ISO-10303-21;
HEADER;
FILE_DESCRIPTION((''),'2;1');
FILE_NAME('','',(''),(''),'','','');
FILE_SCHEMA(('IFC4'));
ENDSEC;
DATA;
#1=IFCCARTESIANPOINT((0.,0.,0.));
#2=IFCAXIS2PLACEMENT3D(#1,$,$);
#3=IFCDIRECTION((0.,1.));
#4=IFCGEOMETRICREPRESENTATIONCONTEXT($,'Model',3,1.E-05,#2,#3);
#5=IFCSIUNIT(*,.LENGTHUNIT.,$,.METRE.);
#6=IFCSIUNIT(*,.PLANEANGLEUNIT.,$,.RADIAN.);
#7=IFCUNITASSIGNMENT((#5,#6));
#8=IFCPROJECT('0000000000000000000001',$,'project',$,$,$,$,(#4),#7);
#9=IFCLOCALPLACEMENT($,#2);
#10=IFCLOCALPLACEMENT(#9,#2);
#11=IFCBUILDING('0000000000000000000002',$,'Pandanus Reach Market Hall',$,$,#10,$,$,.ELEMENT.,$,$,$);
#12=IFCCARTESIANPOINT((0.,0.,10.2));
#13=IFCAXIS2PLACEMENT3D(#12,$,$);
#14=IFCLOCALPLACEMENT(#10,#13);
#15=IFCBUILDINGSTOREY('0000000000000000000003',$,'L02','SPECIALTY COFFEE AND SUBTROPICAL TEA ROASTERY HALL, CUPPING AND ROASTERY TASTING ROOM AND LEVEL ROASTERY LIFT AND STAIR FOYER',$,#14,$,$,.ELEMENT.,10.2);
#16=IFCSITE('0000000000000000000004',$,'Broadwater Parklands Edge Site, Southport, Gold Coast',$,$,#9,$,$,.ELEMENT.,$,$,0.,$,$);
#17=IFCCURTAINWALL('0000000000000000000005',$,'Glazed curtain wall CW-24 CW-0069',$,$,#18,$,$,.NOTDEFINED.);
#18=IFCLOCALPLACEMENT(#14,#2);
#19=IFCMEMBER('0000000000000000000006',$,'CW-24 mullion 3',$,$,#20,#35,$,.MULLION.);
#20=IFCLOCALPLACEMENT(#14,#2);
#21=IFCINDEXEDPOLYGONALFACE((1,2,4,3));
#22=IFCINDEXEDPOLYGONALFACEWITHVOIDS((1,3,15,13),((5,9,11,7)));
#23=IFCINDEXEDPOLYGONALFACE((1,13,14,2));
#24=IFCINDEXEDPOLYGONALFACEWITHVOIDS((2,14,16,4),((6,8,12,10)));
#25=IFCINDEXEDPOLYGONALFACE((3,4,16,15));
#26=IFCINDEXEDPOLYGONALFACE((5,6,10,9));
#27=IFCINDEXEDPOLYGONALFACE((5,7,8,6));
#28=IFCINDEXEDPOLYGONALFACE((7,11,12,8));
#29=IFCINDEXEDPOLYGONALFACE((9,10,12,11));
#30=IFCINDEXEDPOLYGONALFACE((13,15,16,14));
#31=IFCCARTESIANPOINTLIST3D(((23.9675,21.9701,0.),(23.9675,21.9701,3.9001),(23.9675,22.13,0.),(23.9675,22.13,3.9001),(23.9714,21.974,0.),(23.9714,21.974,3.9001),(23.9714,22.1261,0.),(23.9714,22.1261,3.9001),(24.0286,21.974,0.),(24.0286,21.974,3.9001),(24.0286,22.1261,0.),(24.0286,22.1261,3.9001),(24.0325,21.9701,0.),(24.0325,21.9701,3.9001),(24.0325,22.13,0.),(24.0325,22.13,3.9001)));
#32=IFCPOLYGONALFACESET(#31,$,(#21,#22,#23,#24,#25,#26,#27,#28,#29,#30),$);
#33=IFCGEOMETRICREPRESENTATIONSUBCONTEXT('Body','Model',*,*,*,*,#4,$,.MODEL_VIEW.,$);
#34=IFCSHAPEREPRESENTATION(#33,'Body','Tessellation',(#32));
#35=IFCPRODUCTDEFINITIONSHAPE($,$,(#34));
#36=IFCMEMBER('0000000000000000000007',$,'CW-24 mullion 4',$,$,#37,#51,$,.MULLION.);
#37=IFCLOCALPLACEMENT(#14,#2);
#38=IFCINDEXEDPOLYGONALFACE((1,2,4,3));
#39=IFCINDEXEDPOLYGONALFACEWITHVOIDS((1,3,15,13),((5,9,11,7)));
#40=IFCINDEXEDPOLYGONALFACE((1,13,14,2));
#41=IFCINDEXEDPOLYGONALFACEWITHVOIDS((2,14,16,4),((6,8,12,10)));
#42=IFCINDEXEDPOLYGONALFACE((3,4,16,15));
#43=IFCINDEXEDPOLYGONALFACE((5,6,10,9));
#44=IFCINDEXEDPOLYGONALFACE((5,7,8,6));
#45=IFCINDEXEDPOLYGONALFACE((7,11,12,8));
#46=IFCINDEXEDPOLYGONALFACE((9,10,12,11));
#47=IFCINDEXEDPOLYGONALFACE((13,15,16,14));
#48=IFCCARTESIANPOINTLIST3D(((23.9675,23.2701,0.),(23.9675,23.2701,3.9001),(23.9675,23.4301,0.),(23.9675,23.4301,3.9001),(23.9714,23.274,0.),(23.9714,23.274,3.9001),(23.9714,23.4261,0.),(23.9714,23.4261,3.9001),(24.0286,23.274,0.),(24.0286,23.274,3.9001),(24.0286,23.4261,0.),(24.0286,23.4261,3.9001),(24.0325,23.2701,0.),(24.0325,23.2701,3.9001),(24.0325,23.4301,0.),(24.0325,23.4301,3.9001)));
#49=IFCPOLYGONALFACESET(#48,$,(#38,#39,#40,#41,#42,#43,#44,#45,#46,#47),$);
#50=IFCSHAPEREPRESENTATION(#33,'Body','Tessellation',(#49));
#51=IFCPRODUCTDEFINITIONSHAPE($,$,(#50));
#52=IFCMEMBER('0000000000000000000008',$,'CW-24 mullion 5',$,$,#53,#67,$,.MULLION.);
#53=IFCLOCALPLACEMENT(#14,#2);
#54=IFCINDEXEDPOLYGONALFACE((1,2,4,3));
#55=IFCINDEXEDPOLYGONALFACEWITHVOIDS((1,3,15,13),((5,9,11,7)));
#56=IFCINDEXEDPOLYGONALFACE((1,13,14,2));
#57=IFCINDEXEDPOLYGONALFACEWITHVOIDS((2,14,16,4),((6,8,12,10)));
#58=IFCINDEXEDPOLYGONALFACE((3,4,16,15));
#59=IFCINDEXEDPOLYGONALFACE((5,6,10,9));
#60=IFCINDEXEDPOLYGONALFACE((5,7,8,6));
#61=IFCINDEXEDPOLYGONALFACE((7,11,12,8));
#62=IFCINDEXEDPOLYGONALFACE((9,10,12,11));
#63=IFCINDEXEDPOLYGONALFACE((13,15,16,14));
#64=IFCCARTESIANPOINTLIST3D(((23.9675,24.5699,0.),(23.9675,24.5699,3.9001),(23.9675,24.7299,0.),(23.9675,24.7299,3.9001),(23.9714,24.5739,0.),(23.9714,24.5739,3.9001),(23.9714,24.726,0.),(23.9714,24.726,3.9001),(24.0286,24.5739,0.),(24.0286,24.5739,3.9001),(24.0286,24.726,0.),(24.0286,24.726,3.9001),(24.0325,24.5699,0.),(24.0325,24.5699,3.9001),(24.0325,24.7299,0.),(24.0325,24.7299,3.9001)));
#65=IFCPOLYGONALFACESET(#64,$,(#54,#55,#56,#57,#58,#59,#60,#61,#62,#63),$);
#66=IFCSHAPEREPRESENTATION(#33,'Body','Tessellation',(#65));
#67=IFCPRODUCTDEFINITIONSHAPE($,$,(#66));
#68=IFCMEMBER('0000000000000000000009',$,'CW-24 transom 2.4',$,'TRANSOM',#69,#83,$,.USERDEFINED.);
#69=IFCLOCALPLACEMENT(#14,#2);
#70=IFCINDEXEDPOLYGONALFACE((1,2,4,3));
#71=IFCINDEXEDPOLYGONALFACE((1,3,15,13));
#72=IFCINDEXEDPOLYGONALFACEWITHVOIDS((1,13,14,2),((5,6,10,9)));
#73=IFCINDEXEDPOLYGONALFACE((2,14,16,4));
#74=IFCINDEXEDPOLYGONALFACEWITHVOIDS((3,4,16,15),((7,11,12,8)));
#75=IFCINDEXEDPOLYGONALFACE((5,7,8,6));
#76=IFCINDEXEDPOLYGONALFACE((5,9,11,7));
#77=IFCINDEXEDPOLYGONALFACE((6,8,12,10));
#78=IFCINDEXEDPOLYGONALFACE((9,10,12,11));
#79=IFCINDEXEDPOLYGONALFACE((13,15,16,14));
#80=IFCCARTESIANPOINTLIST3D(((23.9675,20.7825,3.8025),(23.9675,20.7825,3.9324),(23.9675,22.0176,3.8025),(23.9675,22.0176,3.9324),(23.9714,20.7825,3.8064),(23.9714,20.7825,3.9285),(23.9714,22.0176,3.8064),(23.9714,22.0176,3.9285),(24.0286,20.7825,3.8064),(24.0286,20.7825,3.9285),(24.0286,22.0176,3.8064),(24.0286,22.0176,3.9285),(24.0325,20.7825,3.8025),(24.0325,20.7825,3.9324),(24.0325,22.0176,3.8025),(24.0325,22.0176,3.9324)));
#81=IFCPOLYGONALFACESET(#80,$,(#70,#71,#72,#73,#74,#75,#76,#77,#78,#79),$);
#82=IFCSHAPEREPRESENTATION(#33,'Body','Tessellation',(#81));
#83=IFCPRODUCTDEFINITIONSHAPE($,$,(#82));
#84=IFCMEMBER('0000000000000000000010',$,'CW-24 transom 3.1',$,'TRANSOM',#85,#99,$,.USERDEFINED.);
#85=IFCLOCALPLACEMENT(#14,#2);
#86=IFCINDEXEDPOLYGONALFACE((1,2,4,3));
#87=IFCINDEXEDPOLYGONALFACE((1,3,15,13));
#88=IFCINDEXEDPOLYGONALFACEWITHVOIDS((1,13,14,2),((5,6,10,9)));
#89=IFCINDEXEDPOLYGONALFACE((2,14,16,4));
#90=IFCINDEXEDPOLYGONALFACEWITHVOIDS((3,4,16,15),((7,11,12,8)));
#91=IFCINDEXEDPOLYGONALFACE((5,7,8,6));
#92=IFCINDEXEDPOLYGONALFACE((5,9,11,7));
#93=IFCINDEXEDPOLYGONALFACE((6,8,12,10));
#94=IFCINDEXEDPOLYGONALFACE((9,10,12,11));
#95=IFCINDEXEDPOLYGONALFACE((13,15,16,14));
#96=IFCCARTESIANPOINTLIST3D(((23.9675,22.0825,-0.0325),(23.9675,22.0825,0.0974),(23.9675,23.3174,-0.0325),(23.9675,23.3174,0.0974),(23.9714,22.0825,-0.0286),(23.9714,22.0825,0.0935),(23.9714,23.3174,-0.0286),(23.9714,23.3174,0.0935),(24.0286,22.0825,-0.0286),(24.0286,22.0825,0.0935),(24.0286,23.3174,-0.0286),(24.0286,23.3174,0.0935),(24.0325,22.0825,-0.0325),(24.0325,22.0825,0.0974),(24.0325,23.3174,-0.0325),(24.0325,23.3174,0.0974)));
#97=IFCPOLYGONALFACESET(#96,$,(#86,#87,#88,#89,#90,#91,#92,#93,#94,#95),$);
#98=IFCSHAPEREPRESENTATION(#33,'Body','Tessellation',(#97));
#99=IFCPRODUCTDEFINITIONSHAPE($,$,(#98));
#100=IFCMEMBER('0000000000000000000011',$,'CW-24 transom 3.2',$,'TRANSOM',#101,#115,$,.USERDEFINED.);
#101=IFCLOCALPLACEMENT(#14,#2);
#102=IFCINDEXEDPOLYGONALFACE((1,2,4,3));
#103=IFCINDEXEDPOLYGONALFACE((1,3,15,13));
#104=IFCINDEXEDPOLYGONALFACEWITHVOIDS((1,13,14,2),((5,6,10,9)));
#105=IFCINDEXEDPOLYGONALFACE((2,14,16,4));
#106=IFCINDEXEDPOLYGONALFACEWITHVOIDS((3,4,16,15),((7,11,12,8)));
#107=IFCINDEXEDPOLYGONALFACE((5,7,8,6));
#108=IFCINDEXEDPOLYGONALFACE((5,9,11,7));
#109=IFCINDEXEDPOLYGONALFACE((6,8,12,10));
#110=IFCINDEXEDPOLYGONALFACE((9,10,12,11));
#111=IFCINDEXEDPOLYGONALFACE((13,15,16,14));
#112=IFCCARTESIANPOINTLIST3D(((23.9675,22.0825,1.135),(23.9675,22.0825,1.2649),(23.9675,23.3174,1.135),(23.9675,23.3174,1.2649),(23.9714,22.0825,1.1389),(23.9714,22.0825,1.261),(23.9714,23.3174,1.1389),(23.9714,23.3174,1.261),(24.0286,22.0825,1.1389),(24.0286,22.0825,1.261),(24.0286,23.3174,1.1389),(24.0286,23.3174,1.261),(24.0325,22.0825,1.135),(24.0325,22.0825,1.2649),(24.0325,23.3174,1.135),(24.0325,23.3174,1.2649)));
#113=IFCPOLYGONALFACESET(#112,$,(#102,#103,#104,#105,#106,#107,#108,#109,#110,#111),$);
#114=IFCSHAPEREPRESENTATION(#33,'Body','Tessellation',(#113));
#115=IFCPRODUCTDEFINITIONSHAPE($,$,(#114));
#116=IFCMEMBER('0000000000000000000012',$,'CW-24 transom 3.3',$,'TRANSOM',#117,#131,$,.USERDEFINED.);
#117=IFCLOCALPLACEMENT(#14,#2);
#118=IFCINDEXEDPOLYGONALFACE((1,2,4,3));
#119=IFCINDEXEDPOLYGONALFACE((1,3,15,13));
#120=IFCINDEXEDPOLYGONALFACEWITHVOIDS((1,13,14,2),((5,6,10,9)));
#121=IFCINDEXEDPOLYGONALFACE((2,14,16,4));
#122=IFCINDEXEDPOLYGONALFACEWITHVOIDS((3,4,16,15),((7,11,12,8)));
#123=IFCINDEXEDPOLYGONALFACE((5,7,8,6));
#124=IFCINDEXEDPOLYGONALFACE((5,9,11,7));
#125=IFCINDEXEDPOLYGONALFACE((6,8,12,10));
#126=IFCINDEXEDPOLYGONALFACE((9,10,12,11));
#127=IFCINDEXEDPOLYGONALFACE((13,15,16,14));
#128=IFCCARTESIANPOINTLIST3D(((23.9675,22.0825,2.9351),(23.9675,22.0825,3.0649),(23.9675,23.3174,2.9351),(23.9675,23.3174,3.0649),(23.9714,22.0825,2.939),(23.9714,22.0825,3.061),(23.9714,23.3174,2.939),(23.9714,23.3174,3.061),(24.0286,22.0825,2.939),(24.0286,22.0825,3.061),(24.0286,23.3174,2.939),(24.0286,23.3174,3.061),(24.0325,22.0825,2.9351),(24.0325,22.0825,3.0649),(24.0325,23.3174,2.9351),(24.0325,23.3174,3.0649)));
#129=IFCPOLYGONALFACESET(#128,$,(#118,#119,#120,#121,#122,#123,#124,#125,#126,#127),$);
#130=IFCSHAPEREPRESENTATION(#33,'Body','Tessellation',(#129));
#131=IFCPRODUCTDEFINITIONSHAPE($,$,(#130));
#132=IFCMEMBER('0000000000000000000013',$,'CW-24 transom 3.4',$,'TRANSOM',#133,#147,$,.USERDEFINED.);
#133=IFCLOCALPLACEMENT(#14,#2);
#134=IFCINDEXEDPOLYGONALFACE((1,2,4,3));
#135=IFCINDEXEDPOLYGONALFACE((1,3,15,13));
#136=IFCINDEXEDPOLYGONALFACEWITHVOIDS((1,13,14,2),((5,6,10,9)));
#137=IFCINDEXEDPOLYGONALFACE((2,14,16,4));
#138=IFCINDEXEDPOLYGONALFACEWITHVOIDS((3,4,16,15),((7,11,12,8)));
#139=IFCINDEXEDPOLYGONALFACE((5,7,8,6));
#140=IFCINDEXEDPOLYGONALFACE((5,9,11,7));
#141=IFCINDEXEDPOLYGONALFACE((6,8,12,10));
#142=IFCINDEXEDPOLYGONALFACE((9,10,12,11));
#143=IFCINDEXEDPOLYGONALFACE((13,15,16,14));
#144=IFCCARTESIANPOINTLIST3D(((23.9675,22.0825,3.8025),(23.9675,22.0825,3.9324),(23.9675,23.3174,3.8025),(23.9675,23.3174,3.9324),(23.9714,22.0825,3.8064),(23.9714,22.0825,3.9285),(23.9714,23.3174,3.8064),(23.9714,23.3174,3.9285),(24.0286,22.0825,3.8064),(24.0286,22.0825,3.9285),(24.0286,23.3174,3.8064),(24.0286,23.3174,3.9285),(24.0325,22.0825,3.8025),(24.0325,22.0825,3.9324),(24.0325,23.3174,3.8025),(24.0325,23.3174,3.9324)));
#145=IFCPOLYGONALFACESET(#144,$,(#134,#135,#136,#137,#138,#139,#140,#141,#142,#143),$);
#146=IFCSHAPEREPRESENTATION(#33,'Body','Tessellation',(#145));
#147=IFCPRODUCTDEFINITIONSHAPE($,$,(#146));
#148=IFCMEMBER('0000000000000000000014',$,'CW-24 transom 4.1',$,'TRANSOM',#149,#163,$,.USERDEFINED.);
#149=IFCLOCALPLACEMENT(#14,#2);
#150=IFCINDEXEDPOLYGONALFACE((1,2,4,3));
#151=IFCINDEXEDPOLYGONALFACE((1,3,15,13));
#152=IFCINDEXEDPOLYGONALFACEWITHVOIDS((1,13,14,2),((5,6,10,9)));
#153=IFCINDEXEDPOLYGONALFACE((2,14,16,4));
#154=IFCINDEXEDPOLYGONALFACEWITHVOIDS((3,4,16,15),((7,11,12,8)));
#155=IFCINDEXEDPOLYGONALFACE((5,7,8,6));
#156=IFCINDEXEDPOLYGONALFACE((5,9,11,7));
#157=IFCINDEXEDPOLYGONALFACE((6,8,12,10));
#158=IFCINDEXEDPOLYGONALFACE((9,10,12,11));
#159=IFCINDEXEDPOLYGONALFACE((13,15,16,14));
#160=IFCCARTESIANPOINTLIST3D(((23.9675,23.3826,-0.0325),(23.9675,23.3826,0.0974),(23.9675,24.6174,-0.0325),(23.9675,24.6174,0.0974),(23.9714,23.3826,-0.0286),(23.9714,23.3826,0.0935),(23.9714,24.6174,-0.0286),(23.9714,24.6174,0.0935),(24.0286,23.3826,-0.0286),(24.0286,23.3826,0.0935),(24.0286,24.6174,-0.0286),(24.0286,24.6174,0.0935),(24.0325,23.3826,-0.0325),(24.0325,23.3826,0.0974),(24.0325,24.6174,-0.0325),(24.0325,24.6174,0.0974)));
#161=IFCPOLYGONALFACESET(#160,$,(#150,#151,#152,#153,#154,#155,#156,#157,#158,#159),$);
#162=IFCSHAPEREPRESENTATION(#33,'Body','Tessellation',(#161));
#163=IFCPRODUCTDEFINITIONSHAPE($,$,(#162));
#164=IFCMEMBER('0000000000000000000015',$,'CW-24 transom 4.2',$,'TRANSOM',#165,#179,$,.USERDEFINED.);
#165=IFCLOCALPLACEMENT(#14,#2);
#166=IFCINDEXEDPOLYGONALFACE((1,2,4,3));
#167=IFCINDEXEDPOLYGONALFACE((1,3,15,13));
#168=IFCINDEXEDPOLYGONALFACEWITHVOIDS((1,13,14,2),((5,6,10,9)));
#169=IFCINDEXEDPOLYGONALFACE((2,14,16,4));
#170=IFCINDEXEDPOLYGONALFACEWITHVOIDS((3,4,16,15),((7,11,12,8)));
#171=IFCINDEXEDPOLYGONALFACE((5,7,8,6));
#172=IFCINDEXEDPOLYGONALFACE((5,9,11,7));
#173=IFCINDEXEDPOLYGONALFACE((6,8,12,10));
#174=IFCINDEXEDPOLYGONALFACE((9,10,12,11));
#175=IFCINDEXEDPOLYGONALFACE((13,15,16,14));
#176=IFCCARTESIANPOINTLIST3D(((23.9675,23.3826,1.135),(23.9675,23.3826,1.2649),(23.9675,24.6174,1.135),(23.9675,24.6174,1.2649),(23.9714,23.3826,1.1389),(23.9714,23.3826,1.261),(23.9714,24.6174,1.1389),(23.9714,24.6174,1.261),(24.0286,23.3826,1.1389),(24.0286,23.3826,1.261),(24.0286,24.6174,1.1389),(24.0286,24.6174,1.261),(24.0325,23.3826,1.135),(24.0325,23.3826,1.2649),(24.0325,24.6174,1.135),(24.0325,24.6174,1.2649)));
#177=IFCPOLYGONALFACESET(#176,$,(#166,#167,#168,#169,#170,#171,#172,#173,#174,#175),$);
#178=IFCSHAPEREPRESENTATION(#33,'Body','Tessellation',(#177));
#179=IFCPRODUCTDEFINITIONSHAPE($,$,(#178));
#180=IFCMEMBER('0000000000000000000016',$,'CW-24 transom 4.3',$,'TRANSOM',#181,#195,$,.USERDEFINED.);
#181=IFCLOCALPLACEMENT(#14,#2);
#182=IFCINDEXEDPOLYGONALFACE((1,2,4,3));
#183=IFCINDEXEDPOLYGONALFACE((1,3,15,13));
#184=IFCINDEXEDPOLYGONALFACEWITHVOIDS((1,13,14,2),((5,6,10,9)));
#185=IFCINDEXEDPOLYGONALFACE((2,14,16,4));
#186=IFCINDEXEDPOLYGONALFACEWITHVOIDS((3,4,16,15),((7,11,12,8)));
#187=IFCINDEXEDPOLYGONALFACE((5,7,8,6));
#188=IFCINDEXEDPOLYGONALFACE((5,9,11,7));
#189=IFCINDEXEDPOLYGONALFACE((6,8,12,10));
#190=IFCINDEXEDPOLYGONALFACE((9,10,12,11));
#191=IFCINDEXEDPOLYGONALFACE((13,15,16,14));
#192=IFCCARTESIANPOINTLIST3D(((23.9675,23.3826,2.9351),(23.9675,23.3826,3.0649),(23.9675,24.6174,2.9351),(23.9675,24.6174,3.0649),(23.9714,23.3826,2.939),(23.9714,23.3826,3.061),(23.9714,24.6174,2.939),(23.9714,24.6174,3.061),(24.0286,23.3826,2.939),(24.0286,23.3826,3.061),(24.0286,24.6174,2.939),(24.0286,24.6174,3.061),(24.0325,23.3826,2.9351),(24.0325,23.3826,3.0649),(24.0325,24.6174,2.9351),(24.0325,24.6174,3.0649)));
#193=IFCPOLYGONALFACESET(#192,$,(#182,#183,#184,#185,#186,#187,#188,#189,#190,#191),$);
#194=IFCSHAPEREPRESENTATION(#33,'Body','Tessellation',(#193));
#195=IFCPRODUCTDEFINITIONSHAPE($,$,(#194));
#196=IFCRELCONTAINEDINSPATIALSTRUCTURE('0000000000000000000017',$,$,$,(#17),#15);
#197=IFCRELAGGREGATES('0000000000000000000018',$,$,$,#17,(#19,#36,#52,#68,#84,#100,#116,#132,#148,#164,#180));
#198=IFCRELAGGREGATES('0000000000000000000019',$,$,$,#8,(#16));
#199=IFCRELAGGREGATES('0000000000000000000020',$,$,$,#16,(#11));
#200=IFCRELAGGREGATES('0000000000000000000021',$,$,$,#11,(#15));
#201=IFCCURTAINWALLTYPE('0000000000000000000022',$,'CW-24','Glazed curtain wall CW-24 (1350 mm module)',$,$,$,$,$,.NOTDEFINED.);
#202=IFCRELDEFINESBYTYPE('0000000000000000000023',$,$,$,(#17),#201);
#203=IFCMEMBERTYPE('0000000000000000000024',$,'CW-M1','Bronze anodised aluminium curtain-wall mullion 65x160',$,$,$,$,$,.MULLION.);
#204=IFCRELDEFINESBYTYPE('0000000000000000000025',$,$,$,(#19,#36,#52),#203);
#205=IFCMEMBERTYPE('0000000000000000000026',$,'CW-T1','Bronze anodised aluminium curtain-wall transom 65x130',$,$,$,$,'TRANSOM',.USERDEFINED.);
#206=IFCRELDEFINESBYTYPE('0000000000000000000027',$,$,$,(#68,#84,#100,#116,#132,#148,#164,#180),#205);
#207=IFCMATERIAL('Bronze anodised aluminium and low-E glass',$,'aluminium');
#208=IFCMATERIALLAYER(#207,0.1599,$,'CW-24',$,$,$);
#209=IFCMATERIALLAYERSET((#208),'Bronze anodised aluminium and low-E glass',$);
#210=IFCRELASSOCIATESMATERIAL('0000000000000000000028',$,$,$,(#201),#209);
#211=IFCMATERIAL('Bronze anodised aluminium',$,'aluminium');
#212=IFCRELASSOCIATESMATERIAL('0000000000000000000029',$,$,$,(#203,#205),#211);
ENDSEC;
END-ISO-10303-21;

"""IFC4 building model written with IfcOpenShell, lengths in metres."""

from ifc_helpers import new_model, si_unit, direction, frame, origin, origin_2d, place, context, subcontext, project, spatial, hollow_rectangle, extrude, material, layer, layer_set, material_profile, profile_set, type_object, element, aggregate, save


model = new_model("IFC4")

# Units and contexts
model_context = context("Model", 3, precision=1e-05, world=origin(), true_north=direction((0.0, 1.0)))
body_context = subcontext(model_context, "Body", "Model", "MODEL_VIEW")
ifc_project = project(units=[si_unit("LENGTHUNIT", "METRE"), si_unit("PLANEANGLEUNIT", "RADIAN")], contexts=[model_context])

# Site, building, storey
site_placement = place(None, origin())
site = spatial("IfcSite", under=ifc_project, at=site_placement, Name="Broadwater Parklands Edge Site, Southport, Gold Coast", CompositionType="ELEMENT", RefElevation=0.0)
building_placement = place(site_placement, origin())
building = spatial("IfcBuilding", under=site, at=building_placement, Name="Pandanus Reach Market Hall", CompositionType="ELEMENT")
storey_placement = place(building_placement, frame((0.0, 0.0, 10.2)))
storey = spatial("IfcBuildingStorey", under=building, at=storey_placement, Name="L02", Description="SPECIALTY COFFEE AND SUBTROPICAL TEA ROASTERY HALL, CUPPING AND ROASTERY TASTING ROOM AND LEVEL ROASTERY LIFT AND STAIR FOYER", CompositionType="ELEMENT", Elevation=10.2)

# Curtain wall, members
ifc_material_1 = material(Name="Bronze anodised aluminium and low-E glass", Category="aluminium")
ifc_layer_1 = layer(ifc_material_1, 0.1599, Name="CW-24")
ifc_layer_set_1 = layer_set([ifc_layer_1], Name="Bronze anodised aluminium and low-E glass")
curtain_wall_type = type_object("IfcCurtainWallType", Name="CW-24", Description="Glazed curtain wall CW-24 (1350 mm module)", PredefinedType="NOTDEFINED", material=ifc_layer_set_1)
curtain_wall_placement = place(storey_placement, origin())
curtain_wall = element("IfcCurtainWall", 1, at=curtain_wall_placement, inside=storey, type_object=curtain_wall_type, Name="Glazed curtain wall CW-24 CW-0069", PredefinedType="NOTDEFINED")
ifc_material_2 = material(Name="Bronze anodised aluminium", Category="aluminium")
ifc_material_profile_1 = material_profile(ifc_material_2, hollow_rectangle(XDim=0.0649, YDim=0.1599, WallThickness=0.0039, at=origin_2d()), Name="ALU65x160", Category="LoadBearing")
ifc_profile_set_1 = profile_set([ifc_material_profile_1], Name="Bronze anodised aluminium")
member_type_1 = type_object("IfcMemberType", Name="CW-M1", Description="Bronze anodised aluminium curtain-wall mullion 65x160", PredefinedType="MULLION", material=ifc_profile_set_1)
member_1_placement = place(storey_placement, frame((24.0, 22.05, 0.0), z_axis=(0.0, 0.0, 1.0), x_axis=(-1.0, 0.0, 0.0)))
member_1 = element("IfcMember", 2, at=member_1_placement, type_object=member_type_1, Name="CW-24 mullion 3", PredefinedType="MULLION", context=body_context, shape_type="SweptSolid", body=[
    extrude(hollow_rectangle(XDim=0.0649, YDim=0.1599, WallThickness=0.0039, at=origin_2d()), origin(), (0.0, 0.0, 1.0), 3.9001),
])
member_2_placement = place(storey_placement, frame((24.0, 23.3501, 0.0), z_axis=(0.0, 0.0, 1.0), x_axis=(-1.0, 0.0, 0.0)))
member_2 = element("IfcMember", 3, at=member_2_placement, type_object=member_type_1, Name="CW-24 mullion 4", PredefinedType="MULLION", context=body_context, shape_type="SweptSolid", body=[
    extrude(hollow_rectangle(XDim=0.0649, YDim=0.1599, WallThickness=0.0039, at=origin_2d()), origin(), (0.0, 0.0, 1.0), 3.9001),
])
member_3_placement = place(storey_placement, frame((24.0, 24.6499, 0.0), z_axis=(0.0, 0.0, 1.0), x_axis=(-1.0, 0.0, 0.0)))
member_3 = element("IfcMember", 4, at=member_3_placement, type_object=member_type_1, Name="CW-24 mullion 5", PredefinedType="MULLION", context=body_context, shape_type="SweptSolid", body=[
    extrude(hollow_rectangle(XDim=0.0649, YDim=0.1599, WallThickness=0.0039, at=origin_2d()), origin(), (0.0, 0.0, 1.0), 3.9001),
])
ifc_material_profile_2 = material_profile(ifc_material_2, hollow_rectangle(XDim=0.0649, YDim=0.1299, WallThickness=0.0039, at=origin_2d()), Name="ALU65x130", Category="LoadBearing")
ifc_profile_set_2 = profile_set([ifc_material_profile_2], Name="Bronze anodised aluminium")
member_type_2 = type_object("IfcMemberType", Name="CW-T1", Description="Bronze anodised aluminium curtain-wall transom 65x130", ElementType="TRANSOM", PredefinedType="USERDEFINED", material=ifc_profile_set_2)
member_4_placement = place(storey_placement, frame((24.0, 20.7825, 3.8674), z_axis=(0.0, 1.0, 0.0), x_axis=(-1.0, 0.0, 0.0)))
member_4 = element("IfcMember", 5, at=member_4_placement, type_object=member_type_2, Name="CW-24 transom 2.4", ObjectType="TRANSOM", PredefinedType="USERDEFINED", context=body_context, shape_type="SweptSolid", body=[
    extrude(hollow_rectangle(XDim=0.0649, YDim=0.1299, WallThickness=0.0039, at=origin_2d()), origin(), (0.0, 0.0, 1.0), 1.2351),
])
member_5_placement = place(storey_placement, frame((24.0, 22.0825, 0.0325), z_axis=(0.0, 1.0, 0.0), x_axis=(-1.0, 0.0, 0.0)))
member_5 = element("IfcMember", 6, at=member_5_placement, type_object=member_type_2, Name="CW-24 transom 3.1", ObjectType="TRANSOM", PredefinedType="USERDEFINED", context=body_context, shape_type="SweptSolid", body=[
    extrude(hollow_rectangle(XDim=0.0649, YDim=0.1299, WallThickness=0.0039, at=origin_2d()), origin(), (0.0, 0.0, 1.0), 1.2349),
])
member_6_placement = place(storey_placement, frame((24.0, 22.0825, 1.2), z_axis=(0.0, 1.0, 0.0), x_axis=(-1.0, 0.0, 0.0)))
member_6 = element("IfcMember", 7, at=member_6_placement, type_object=member_type_2, Name="CW-24 transom 3.2", ObjectType="TRANSOM", PredefinedType="USERDEFINED", context=body_context, shape_type="SweptSolid", body=[
    extrude(hollow_rectangle(XDim=0.0649, YDim=0.1299, WallThickness=0.0039, at=origin_2d()), origin(), (0.0, 0.0, 1.0), 1.2349),
])
member_7_placement = place(storey_placement, frame((24.0, 22.0825, 3.0), z_axis=(0.0, 1.0, 0.0), x_axis=(-1.0, 0.0, 0.0)))
member_7 = element("IfcMember", 8, at=member_7_placement, type_object=member_type_2, Name="CW-24 transom 3.3", ObjectType="TRANSOM", PredefinedType="USERDEFINED", context=body_context, shape_type="SweptSolid", body=[
    extrude(hollow_rectangle(XDim=0.0649, YDim=0.1299, WallThickness=0.0039, at=origin_2d()), origin(), (0.0, 0.0, 1.0), 1.2349),
])
member_8_placement = place(storey_placement, frame((24.0, 22.0825, 3.8674), z_axis=(0.0, 1.0, 0.0), x_axis=(-1.0, 0.0, 0.0)))
member_8 = element("IfcMember", 9, at=member_8_placement, type_object=member_type_2, Name="CW-24 transom 3.4", ObjectType="TRANSOM", PredefinedType="USERDEFINED", context=body_context, shape_type="SweptSolid", body=[
    extrude(hollow_rectangle(XDim=0.0649, YDim=0.1299, WallThickness=0.0039, at=origin_2d()), origin(), (0.0, 0.0, 1.0), 1.2349),
])
member_9_placement = place(storey_placement, frame((24.0, 23.3826, 0.0325), z_axis=(0.0, 1.0, 0.0), x_axis=(-1.0, 0.0, 0.0)))
member_9 = element("IfcMember", 10, at=member_9_placement, type_object=member_type_2, Name="CW-24 transom 4.1", ObjectType="TRANSOM", PredefinedType="USERDEFINED", context=body_context, shape_type="SweptSolid", body=[
    extrude(hollow_rectangle(XDim=0.0649, YDim=0.1299, WallThickness=0.0039, at=origin_2d()), origin(), (0.0, 0.0, 1.0), 1.2349),
])
member_10_placement = place(storey_placement, frame((24.0, 23.3826, 1.2), z_axis=(0.0, 1.0, 0.0), x_axis=(-1.0, 0.0, 0.0)))
member_10 = element("IfcMember", 11, at=member_10_placement, type_object=member_type_2, Name="CW-24 transom 4.2", ObjectType="TRANSOM", PredefinedType="USERDEFINED", context=body_context, shape_type="SweptSolid", body=[
    extrude(hollow_rectangle(XDim=0.0649, YDim=0.1299, WallThickness=0.0039, at=origin_2d()), origin(), (0.0, 0.0, 1.0), 1.2349),
])
member_11_placement = place(storey_placement, frame((24.0, 23.3826, 3.0), z_axis=(0.0, 1.0, 0.0), x_axis=(-1.0, 0.0, 0.0)))
member_11 = element("IfcMember", 12, at=member_11_placement, type_object=member_type_2, Name="CW-24 transom 4.3", ObjectType="TRANSOM", PredefinedType="USERDEFINED", context=body_context, shape_type="SweptSolid", body=[
    extrude(hollow_rectangle(XDim=0.0649, YDim=0.1299, WallThickness=0.0039, at=origin_2d()), origin(), (0.0, 0.0, 1.0), 1.2349),
])
aggregate(curtain_wall, [member_1, member_2, member_3, member_4, member_5, member_6, member_7, member_8, member_9, member_10, member_11])

save(model, "model.ifc")
